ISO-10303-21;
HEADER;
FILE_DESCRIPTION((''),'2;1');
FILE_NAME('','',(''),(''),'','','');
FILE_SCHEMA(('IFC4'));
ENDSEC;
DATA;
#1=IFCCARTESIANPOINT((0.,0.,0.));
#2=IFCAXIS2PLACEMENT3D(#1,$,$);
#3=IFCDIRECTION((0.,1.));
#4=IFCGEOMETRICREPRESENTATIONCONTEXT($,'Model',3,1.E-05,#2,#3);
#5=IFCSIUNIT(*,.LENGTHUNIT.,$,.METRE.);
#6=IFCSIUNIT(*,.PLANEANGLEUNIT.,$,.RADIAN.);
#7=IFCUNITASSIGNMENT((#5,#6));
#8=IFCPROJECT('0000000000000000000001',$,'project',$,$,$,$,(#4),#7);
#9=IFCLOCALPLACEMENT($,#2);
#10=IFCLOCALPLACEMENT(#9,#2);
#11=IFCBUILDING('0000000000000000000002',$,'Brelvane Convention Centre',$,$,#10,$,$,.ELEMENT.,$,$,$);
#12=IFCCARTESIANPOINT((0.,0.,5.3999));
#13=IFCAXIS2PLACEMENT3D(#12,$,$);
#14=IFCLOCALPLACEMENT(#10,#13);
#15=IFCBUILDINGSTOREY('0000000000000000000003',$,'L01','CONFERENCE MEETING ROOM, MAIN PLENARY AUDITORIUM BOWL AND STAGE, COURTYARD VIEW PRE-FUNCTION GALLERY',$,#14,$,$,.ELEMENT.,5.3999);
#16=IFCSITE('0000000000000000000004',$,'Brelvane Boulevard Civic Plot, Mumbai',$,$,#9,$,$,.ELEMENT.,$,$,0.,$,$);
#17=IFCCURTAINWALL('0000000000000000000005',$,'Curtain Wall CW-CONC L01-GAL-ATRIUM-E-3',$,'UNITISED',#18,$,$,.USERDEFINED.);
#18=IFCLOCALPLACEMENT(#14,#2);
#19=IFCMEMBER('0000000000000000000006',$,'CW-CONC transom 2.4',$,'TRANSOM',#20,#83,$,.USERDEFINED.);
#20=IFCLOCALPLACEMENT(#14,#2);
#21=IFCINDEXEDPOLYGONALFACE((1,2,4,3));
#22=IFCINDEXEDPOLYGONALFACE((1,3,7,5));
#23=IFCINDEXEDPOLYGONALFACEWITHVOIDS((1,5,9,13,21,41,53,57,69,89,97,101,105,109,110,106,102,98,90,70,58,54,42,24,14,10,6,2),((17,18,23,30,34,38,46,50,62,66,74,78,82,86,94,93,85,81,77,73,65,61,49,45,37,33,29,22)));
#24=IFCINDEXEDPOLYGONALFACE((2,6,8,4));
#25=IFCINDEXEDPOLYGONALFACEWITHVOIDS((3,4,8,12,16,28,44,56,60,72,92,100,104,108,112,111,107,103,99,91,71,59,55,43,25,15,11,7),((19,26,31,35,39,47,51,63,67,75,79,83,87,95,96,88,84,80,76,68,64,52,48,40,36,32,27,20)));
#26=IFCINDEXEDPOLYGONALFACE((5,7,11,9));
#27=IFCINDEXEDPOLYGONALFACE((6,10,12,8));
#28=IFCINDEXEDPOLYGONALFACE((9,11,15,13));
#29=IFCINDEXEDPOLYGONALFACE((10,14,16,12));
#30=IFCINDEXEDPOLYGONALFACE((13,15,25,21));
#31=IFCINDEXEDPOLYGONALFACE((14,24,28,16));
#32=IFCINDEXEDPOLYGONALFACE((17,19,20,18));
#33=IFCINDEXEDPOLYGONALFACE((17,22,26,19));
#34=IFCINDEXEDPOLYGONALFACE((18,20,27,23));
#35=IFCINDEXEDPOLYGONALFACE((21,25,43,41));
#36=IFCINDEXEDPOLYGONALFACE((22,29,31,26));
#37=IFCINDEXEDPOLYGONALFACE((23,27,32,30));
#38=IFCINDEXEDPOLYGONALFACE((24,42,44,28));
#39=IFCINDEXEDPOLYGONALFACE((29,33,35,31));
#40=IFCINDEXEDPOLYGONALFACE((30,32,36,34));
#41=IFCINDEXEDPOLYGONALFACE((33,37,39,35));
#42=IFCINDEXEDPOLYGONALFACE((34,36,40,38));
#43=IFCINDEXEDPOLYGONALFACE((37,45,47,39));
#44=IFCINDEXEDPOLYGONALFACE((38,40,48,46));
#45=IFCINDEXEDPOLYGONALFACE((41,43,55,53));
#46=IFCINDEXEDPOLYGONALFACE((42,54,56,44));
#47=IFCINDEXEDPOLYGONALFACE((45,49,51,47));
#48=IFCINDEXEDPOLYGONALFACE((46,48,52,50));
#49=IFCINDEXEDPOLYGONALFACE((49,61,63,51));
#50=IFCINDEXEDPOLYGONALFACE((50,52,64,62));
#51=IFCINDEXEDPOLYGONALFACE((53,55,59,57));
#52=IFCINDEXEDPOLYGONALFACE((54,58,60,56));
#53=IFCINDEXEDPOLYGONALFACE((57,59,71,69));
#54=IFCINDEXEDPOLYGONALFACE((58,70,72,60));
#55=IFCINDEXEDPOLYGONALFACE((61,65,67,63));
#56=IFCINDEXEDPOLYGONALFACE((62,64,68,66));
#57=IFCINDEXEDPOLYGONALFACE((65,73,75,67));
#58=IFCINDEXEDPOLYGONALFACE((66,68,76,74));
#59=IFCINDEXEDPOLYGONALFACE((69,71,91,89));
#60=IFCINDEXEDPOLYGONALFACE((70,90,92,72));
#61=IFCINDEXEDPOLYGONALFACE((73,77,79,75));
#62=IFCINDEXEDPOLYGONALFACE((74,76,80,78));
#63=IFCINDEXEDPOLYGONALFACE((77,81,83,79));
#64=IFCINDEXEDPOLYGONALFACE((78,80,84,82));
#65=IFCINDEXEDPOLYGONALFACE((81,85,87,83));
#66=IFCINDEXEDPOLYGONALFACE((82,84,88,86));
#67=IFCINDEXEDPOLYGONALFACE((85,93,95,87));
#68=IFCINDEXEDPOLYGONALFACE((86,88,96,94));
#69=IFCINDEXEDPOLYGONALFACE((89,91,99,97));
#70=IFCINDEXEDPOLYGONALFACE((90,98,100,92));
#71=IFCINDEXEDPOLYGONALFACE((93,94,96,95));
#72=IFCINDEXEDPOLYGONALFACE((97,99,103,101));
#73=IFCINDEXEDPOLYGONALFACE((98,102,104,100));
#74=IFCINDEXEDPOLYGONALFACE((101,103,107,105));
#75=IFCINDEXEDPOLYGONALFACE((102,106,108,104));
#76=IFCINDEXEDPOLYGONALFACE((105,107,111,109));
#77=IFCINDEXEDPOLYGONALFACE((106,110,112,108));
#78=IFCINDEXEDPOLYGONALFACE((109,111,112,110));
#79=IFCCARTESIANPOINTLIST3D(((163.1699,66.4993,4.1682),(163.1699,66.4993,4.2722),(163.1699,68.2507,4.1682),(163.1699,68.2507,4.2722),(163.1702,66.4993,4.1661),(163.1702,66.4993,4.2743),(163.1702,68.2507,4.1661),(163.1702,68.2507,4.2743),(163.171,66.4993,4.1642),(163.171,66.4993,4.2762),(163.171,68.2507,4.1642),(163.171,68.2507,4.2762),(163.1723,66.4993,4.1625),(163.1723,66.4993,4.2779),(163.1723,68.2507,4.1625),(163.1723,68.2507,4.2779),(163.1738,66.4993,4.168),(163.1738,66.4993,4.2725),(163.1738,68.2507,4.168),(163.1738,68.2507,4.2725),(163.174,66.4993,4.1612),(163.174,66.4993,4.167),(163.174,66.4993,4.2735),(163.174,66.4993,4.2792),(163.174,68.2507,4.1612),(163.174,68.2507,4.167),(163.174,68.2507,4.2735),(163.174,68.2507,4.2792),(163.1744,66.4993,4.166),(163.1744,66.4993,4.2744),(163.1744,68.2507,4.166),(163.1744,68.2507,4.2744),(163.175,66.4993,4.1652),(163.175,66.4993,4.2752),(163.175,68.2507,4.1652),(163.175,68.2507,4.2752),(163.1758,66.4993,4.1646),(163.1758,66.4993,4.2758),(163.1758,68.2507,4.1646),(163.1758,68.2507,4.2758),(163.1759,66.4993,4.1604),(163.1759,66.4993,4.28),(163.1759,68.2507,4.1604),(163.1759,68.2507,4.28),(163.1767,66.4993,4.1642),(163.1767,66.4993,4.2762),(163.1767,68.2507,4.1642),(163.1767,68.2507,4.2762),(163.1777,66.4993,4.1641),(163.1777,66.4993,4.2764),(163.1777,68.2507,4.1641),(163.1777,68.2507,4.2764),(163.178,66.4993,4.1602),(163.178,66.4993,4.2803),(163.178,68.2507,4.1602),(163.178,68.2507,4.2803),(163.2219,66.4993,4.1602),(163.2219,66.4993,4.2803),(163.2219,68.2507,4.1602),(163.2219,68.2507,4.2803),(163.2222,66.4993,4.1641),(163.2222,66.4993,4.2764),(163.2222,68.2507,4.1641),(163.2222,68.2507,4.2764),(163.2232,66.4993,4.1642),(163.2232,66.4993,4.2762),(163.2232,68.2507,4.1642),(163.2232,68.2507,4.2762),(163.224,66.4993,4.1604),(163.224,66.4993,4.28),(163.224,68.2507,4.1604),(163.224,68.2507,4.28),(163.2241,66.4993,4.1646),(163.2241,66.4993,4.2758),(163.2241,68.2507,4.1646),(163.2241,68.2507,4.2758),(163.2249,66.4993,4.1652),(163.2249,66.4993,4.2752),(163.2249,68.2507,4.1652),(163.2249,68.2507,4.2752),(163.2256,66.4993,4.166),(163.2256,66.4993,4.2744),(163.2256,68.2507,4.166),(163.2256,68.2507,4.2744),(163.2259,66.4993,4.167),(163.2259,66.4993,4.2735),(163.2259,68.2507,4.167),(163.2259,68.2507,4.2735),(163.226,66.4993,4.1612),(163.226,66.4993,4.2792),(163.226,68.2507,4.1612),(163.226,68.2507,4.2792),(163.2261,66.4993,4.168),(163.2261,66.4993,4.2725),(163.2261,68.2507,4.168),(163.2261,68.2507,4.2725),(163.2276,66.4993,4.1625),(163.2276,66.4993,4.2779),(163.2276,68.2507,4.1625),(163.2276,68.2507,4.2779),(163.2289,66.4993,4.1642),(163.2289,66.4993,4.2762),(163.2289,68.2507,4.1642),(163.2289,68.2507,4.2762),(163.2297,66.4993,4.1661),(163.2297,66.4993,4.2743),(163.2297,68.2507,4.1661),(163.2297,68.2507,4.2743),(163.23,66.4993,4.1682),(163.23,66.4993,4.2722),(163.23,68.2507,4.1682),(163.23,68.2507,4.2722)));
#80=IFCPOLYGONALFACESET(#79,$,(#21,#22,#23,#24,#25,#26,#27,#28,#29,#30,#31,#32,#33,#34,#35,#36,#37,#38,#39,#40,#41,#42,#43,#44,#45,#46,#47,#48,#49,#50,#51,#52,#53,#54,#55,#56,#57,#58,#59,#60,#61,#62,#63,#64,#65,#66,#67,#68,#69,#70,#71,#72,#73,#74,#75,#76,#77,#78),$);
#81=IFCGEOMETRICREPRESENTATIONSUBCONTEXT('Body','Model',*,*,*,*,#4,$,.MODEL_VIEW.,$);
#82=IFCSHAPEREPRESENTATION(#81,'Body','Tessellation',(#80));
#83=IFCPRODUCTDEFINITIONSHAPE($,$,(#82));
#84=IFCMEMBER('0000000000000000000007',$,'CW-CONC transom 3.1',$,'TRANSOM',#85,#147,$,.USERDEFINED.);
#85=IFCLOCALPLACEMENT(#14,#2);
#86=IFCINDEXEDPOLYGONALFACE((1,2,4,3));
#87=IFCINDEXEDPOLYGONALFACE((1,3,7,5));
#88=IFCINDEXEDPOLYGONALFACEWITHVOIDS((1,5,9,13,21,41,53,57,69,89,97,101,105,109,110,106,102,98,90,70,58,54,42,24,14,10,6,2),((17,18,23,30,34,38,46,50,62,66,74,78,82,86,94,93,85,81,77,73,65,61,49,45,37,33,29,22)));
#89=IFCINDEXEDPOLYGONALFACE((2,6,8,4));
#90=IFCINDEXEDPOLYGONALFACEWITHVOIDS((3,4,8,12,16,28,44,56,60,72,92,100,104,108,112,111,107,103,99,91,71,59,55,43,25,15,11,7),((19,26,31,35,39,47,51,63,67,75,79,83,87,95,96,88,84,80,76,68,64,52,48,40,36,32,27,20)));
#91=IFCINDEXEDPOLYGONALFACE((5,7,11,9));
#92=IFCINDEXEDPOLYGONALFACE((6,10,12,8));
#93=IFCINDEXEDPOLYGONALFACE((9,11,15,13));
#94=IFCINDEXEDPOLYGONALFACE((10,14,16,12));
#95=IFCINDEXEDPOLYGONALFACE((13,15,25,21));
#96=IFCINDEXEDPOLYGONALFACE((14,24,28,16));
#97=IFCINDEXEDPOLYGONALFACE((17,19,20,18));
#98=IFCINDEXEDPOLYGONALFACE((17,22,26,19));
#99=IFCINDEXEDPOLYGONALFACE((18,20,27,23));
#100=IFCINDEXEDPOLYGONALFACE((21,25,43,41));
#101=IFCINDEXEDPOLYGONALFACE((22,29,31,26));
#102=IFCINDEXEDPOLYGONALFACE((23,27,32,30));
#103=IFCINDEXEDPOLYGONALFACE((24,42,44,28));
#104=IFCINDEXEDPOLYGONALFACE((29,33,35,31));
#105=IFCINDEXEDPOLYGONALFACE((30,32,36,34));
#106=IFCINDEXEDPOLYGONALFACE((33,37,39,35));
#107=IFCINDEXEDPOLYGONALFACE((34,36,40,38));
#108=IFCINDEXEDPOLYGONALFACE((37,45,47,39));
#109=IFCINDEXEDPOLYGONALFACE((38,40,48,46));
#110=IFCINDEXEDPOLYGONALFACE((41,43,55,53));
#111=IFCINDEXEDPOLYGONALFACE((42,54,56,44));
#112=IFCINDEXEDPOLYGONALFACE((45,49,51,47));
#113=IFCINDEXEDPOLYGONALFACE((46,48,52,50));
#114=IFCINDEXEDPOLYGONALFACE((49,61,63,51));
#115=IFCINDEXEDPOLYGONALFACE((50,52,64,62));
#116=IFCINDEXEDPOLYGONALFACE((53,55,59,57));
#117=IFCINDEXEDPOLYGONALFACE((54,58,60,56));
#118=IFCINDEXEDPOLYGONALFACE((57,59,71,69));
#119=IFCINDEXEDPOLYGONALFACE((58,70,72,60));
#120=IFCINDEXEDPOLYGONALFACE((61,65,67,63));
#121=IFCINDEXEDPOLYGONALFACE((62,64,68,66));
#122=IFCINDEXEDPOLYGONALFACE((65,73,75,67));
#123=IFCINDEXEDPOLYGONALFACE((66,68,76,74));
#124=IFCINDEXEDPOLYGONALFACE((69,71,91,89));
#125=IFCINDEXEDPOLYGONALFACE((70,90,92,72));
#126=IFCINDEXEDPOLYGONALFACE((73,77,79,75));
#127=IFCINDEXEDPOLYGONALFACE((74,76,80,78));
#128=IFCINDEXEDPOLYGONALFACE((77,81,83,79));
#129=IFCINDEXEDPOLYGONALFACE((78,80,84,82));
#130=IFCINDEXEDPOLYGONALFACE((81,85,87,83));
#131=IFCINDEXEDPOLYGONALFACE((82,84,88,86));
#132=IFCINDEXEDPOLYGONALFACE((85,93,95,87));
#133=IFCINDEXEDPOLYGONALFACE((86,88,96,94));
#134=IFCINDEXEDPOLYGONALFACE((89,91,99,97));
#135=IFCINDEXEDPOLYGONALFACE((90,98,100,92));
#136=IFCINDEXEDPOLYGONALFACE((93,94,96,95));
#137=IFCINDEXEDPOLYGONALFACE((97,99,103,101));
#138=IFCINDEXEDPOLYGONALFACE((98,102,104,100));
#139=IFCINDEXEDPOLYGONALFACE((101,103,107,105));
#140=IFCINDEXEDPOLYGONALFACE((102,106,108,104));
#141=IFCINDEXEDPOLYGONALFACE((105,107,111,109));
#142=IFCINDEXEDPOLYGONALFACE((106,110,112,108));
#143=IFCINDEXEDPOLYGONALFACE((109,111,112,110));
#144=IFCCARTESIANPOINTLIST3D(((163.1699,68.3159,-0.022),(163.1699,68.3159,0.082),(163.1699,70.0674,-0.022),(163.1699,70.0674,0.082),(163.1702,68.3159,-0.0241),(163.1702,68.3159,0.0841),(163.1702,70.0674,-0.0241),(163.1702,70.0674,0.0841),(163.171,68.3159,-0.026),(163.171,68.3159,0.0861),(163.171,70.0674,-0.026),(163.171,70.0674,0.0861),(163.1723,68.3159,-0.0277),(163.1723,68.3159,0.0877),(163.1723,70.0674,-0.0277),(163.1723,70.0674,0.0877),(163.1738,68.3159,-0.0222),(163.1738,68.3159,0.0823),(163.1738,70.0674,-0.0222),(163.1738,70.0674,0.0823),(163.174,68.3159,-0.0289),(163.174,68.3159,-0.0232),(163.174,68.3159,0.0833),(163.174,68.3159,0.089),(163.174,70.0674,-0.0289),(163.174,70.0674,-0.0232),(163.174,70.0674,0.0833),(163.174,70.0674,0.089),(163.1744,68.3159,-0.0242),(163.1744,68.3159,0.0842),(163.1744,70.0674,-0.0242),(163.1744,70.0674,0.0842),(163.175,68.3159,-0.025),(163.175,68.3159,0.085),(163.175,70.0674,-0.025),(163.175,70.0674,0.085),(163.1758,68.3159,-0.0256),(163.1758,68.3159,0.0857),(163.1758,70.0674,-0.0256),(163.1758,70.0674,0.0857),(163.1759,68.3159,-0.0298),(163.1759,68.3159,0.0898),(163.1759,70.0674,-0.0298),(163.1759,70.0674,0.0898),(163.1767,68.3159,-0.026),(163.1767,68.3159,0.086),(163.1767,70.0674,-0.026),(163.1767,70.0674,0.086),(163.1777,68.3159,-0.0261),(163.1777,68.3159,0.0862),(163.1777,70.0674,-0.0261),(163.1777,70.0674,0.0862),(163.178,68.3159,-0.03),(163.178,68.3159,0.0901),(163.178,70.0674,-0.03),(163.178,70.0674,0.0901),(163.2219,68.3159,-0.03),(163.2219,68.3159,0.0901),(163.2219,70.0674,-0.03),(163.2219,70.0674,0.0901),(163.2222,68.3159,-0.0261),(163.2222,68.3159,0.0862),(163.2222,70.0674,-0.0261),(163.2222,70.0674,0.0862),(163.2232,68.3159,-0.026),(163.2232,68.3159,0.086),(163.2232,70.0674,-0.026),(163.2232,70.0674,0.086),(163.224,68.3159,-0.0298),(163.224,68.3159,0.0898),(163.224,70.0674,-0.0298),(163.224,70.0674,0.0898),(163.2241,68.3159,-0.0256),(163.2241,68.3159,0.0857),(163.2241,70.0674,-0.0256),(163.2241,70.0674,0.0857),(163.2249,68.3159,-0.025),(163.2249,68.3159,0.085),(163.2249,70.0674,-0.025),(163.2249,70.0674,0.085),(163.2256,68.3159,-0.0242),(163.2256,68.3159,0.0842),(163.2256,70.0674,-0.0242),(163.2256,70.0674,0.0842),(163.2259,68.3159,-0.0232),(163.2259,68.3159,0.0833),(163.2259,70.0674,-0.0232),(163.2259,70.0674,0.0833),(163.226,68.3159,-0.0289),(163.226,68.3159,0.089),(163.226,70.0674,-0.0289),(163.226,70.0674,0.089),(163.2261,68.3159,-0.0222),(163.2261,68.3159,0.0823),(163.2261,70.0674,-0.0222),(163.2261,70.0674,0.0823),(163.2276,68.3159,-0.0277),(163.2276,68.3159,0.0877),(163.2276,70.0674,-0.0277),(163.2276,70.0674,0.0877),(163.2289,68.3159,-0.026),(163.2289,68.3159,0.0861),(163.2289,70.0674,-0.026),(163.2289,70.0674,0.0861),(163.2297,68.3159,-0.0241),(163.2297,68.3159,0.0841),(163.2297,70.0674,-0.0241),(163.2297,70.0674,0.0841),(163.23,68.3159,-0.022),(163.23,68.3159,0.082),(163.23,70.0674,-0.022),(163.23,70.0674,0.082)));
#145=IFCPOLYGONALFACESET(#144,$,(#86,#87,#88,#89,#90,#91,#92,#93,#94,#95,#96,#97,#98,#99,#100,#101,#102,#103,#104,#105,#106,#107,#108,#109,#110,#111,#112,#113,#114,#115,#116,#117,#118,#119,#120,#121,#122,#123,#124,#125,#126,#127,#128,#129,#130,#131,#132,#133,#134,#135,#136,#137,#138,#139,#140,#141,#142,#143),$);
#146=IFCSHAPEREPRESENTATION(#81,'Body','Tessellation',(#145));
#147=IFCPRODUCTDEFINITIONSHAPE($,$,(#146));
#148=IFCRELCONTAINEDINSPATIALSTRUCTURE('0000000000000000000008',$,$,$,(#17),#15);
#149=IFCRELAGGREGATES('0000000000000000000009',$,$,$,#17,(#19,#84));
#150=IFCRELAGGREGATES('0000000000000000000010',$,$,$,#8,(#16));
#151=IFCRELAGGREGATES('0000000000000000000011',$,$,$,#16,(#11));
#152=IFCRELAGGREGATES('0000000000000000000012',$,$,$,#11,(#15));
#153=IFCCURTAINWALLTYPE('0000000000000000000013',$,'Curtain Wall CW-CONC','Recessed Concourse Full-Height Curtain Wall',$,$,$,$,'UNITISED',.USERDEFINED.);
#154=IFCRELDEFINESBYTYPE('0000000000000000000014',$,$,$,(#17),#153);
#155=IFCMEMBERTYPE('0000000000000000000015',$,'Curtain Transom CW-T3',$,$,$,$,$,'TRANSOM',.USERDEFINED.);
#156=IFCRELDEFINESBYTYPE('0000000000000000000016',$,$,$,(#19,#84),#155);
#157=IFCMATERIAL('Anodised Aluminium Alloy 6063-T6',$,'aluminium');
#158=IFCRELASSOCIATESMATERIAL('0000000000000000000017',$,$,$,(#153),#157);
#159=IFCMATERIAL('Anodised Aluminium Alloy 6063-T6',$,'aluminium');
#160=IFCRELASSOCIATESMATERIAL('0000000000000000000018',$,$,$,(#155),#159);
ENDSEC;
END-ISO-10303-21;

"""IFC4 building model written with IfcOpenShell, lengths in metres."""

from ifc_helpers import new_model, si_unit, direction, frame, origin, origin_2d, place, context, subcontext, project, spatial, hollow_rectangle, extrude, material, material_profile, profile_set, type_object, element, aggregate, save


model = new_model("IFC4")

# Units and contexts
model_context = context("Model", 3, precision=1e-05, world=origin(), true_north=direction((0.0, 1.0)))
body_context = subcontext(model_context, "Body", "Model", "MODEL_VIEW")
ifc_project = project(units=[si_unit("LENGTHUNIT", "METRE"), si_unit("PLANEANGLEUNIT", "RADIAN")], contexts=[model_context])

# Site, building, storey
site_placement = place(None, origin())
site = spatial("IfcSite", under=ifc_project, at=site_placement, Name="Brelvane Boulevard Civic Plot, Mumbai", CompositionType="ELEMENT", RefElevation=0.0)
building_placement = place(site_placement, origin())
building = spatial("IfcBuilding", under=site, at=building_placement, Name="Brelvane Convention Centre", CompositionType="ELEMENT")
storey_placement = place(building_placement, frame((0.0, 0.0, 5.3999)))
storey = spatial("IfcBuildingStorey", under=building, at=storey_placement, Name="L01", Description="CONFERENCE MEETING ROOM, MAIN PLENARY AUDITORIUM BOWL AND STAGE, COURTYARD VIEW PRE-FUNCTION GALLERY", CompositionType="ELEMENT", Elevation=5.3999)

# Curtain wall, members
ifc_material_1 = material(Name="Anodised Aluminium Alloy 6063-T6", Category="aluminium")
curtain_wall_type = type_object("IfcCurtainWallType", Name="Curtain Wall CW-CONC", Description="Recessed Concourse Full-Height Curtain Wall", ElementType="UNITISED", PredefinedType="USERDEFINED", material=ifc_material_1)
curtain_wall_placement = place(storey_placement, origin())
curtain_wall = element("IfcCurtainWall", 1, at=curtain_wall_placement, inside=storey, type_object=curtain_wall_type, Name="Curtain Wall CW-CONC L01-GAL-ATRIUM-E-3", ObjectType="UNITISED", PredefinedType="USERDEFINED")
ifc_material_2 = material(Name="Anodised Aluminium Alloy 6063-T6", Category="aluminium")
ifc_material_profile_1 = material_profile(ifc_material_2, hollow_rectangle(XDim=0.0601, YDim=0.1201, WallThickness=0.0039, InnerFilletRadius=0.0039, OuterFilletRadius=0.0081, at=origin_2d()), Name="ALU-T 120x60x4.0")
ifc_profile_set_1 = profile_set([ifc_material_profile_1], Name="Anodised Aluminium Alloy 6063-T6")
member_type_1 = type_object("IfcMemberType", Name="Curtain Transom CW-T3", ElementType="TRANSOM", PredefinedType="USERDEFINED", material=ifc_profile_set_1)
member_1_placement = place(storey_placement, frame((163.2, 66.4993, 4.2202), z_axis=(0.0, 1.0, 0.0), x_axis=(-1.0, 0.0, 0.0)))
member_1 = element("IfcMember", 2, at=member_1_placement, type_object=member_type_1, Name="CW-CONC transom 2.4", ObjectType="TRANSOM", PredefinedType="USERDEFINED", context=body_context, shape_type="SweptSolid", body=[
    extrude(hollow_rectangle(XDim=0.0601, YDim=0.1201, WallThickness=0.0039, InnerFilletRadius=0.0039, OuterFilletRadius=0.0081, at=origin_2d()), origin(), (0.0, 0.0, 1.0), 1.7515),
])
member_2_placement = place(storey_placement, frame((163.2, 68.3159, 0.03), z_axis=(0.0, 1.0, 0.0), x_axis=(-1.0, 0.0, 0.0)))
member_2 = element("IfcMember", 3, at=member_2_placement, type_object=member_type_1, Name="CW-CONC transom 3.1", ObjectType="TRANSOM", PredefinedType="USERDEFINED", context=body_context, shape_type="SweptSolid", body=[
    extrude(hollow_rectangle(XDim=0.0601, YDim=0.1201, WallThickness=0.0039, InnerFilletRadius=0.0039, OuterFilletRadius=0.0081, at=origin_2d()), origin(), (0.0, 0.0, 1.0), 1.7515),
])

aggregate(curtain_wall, [member_1, member_2])

save(model, "model.ifc")
